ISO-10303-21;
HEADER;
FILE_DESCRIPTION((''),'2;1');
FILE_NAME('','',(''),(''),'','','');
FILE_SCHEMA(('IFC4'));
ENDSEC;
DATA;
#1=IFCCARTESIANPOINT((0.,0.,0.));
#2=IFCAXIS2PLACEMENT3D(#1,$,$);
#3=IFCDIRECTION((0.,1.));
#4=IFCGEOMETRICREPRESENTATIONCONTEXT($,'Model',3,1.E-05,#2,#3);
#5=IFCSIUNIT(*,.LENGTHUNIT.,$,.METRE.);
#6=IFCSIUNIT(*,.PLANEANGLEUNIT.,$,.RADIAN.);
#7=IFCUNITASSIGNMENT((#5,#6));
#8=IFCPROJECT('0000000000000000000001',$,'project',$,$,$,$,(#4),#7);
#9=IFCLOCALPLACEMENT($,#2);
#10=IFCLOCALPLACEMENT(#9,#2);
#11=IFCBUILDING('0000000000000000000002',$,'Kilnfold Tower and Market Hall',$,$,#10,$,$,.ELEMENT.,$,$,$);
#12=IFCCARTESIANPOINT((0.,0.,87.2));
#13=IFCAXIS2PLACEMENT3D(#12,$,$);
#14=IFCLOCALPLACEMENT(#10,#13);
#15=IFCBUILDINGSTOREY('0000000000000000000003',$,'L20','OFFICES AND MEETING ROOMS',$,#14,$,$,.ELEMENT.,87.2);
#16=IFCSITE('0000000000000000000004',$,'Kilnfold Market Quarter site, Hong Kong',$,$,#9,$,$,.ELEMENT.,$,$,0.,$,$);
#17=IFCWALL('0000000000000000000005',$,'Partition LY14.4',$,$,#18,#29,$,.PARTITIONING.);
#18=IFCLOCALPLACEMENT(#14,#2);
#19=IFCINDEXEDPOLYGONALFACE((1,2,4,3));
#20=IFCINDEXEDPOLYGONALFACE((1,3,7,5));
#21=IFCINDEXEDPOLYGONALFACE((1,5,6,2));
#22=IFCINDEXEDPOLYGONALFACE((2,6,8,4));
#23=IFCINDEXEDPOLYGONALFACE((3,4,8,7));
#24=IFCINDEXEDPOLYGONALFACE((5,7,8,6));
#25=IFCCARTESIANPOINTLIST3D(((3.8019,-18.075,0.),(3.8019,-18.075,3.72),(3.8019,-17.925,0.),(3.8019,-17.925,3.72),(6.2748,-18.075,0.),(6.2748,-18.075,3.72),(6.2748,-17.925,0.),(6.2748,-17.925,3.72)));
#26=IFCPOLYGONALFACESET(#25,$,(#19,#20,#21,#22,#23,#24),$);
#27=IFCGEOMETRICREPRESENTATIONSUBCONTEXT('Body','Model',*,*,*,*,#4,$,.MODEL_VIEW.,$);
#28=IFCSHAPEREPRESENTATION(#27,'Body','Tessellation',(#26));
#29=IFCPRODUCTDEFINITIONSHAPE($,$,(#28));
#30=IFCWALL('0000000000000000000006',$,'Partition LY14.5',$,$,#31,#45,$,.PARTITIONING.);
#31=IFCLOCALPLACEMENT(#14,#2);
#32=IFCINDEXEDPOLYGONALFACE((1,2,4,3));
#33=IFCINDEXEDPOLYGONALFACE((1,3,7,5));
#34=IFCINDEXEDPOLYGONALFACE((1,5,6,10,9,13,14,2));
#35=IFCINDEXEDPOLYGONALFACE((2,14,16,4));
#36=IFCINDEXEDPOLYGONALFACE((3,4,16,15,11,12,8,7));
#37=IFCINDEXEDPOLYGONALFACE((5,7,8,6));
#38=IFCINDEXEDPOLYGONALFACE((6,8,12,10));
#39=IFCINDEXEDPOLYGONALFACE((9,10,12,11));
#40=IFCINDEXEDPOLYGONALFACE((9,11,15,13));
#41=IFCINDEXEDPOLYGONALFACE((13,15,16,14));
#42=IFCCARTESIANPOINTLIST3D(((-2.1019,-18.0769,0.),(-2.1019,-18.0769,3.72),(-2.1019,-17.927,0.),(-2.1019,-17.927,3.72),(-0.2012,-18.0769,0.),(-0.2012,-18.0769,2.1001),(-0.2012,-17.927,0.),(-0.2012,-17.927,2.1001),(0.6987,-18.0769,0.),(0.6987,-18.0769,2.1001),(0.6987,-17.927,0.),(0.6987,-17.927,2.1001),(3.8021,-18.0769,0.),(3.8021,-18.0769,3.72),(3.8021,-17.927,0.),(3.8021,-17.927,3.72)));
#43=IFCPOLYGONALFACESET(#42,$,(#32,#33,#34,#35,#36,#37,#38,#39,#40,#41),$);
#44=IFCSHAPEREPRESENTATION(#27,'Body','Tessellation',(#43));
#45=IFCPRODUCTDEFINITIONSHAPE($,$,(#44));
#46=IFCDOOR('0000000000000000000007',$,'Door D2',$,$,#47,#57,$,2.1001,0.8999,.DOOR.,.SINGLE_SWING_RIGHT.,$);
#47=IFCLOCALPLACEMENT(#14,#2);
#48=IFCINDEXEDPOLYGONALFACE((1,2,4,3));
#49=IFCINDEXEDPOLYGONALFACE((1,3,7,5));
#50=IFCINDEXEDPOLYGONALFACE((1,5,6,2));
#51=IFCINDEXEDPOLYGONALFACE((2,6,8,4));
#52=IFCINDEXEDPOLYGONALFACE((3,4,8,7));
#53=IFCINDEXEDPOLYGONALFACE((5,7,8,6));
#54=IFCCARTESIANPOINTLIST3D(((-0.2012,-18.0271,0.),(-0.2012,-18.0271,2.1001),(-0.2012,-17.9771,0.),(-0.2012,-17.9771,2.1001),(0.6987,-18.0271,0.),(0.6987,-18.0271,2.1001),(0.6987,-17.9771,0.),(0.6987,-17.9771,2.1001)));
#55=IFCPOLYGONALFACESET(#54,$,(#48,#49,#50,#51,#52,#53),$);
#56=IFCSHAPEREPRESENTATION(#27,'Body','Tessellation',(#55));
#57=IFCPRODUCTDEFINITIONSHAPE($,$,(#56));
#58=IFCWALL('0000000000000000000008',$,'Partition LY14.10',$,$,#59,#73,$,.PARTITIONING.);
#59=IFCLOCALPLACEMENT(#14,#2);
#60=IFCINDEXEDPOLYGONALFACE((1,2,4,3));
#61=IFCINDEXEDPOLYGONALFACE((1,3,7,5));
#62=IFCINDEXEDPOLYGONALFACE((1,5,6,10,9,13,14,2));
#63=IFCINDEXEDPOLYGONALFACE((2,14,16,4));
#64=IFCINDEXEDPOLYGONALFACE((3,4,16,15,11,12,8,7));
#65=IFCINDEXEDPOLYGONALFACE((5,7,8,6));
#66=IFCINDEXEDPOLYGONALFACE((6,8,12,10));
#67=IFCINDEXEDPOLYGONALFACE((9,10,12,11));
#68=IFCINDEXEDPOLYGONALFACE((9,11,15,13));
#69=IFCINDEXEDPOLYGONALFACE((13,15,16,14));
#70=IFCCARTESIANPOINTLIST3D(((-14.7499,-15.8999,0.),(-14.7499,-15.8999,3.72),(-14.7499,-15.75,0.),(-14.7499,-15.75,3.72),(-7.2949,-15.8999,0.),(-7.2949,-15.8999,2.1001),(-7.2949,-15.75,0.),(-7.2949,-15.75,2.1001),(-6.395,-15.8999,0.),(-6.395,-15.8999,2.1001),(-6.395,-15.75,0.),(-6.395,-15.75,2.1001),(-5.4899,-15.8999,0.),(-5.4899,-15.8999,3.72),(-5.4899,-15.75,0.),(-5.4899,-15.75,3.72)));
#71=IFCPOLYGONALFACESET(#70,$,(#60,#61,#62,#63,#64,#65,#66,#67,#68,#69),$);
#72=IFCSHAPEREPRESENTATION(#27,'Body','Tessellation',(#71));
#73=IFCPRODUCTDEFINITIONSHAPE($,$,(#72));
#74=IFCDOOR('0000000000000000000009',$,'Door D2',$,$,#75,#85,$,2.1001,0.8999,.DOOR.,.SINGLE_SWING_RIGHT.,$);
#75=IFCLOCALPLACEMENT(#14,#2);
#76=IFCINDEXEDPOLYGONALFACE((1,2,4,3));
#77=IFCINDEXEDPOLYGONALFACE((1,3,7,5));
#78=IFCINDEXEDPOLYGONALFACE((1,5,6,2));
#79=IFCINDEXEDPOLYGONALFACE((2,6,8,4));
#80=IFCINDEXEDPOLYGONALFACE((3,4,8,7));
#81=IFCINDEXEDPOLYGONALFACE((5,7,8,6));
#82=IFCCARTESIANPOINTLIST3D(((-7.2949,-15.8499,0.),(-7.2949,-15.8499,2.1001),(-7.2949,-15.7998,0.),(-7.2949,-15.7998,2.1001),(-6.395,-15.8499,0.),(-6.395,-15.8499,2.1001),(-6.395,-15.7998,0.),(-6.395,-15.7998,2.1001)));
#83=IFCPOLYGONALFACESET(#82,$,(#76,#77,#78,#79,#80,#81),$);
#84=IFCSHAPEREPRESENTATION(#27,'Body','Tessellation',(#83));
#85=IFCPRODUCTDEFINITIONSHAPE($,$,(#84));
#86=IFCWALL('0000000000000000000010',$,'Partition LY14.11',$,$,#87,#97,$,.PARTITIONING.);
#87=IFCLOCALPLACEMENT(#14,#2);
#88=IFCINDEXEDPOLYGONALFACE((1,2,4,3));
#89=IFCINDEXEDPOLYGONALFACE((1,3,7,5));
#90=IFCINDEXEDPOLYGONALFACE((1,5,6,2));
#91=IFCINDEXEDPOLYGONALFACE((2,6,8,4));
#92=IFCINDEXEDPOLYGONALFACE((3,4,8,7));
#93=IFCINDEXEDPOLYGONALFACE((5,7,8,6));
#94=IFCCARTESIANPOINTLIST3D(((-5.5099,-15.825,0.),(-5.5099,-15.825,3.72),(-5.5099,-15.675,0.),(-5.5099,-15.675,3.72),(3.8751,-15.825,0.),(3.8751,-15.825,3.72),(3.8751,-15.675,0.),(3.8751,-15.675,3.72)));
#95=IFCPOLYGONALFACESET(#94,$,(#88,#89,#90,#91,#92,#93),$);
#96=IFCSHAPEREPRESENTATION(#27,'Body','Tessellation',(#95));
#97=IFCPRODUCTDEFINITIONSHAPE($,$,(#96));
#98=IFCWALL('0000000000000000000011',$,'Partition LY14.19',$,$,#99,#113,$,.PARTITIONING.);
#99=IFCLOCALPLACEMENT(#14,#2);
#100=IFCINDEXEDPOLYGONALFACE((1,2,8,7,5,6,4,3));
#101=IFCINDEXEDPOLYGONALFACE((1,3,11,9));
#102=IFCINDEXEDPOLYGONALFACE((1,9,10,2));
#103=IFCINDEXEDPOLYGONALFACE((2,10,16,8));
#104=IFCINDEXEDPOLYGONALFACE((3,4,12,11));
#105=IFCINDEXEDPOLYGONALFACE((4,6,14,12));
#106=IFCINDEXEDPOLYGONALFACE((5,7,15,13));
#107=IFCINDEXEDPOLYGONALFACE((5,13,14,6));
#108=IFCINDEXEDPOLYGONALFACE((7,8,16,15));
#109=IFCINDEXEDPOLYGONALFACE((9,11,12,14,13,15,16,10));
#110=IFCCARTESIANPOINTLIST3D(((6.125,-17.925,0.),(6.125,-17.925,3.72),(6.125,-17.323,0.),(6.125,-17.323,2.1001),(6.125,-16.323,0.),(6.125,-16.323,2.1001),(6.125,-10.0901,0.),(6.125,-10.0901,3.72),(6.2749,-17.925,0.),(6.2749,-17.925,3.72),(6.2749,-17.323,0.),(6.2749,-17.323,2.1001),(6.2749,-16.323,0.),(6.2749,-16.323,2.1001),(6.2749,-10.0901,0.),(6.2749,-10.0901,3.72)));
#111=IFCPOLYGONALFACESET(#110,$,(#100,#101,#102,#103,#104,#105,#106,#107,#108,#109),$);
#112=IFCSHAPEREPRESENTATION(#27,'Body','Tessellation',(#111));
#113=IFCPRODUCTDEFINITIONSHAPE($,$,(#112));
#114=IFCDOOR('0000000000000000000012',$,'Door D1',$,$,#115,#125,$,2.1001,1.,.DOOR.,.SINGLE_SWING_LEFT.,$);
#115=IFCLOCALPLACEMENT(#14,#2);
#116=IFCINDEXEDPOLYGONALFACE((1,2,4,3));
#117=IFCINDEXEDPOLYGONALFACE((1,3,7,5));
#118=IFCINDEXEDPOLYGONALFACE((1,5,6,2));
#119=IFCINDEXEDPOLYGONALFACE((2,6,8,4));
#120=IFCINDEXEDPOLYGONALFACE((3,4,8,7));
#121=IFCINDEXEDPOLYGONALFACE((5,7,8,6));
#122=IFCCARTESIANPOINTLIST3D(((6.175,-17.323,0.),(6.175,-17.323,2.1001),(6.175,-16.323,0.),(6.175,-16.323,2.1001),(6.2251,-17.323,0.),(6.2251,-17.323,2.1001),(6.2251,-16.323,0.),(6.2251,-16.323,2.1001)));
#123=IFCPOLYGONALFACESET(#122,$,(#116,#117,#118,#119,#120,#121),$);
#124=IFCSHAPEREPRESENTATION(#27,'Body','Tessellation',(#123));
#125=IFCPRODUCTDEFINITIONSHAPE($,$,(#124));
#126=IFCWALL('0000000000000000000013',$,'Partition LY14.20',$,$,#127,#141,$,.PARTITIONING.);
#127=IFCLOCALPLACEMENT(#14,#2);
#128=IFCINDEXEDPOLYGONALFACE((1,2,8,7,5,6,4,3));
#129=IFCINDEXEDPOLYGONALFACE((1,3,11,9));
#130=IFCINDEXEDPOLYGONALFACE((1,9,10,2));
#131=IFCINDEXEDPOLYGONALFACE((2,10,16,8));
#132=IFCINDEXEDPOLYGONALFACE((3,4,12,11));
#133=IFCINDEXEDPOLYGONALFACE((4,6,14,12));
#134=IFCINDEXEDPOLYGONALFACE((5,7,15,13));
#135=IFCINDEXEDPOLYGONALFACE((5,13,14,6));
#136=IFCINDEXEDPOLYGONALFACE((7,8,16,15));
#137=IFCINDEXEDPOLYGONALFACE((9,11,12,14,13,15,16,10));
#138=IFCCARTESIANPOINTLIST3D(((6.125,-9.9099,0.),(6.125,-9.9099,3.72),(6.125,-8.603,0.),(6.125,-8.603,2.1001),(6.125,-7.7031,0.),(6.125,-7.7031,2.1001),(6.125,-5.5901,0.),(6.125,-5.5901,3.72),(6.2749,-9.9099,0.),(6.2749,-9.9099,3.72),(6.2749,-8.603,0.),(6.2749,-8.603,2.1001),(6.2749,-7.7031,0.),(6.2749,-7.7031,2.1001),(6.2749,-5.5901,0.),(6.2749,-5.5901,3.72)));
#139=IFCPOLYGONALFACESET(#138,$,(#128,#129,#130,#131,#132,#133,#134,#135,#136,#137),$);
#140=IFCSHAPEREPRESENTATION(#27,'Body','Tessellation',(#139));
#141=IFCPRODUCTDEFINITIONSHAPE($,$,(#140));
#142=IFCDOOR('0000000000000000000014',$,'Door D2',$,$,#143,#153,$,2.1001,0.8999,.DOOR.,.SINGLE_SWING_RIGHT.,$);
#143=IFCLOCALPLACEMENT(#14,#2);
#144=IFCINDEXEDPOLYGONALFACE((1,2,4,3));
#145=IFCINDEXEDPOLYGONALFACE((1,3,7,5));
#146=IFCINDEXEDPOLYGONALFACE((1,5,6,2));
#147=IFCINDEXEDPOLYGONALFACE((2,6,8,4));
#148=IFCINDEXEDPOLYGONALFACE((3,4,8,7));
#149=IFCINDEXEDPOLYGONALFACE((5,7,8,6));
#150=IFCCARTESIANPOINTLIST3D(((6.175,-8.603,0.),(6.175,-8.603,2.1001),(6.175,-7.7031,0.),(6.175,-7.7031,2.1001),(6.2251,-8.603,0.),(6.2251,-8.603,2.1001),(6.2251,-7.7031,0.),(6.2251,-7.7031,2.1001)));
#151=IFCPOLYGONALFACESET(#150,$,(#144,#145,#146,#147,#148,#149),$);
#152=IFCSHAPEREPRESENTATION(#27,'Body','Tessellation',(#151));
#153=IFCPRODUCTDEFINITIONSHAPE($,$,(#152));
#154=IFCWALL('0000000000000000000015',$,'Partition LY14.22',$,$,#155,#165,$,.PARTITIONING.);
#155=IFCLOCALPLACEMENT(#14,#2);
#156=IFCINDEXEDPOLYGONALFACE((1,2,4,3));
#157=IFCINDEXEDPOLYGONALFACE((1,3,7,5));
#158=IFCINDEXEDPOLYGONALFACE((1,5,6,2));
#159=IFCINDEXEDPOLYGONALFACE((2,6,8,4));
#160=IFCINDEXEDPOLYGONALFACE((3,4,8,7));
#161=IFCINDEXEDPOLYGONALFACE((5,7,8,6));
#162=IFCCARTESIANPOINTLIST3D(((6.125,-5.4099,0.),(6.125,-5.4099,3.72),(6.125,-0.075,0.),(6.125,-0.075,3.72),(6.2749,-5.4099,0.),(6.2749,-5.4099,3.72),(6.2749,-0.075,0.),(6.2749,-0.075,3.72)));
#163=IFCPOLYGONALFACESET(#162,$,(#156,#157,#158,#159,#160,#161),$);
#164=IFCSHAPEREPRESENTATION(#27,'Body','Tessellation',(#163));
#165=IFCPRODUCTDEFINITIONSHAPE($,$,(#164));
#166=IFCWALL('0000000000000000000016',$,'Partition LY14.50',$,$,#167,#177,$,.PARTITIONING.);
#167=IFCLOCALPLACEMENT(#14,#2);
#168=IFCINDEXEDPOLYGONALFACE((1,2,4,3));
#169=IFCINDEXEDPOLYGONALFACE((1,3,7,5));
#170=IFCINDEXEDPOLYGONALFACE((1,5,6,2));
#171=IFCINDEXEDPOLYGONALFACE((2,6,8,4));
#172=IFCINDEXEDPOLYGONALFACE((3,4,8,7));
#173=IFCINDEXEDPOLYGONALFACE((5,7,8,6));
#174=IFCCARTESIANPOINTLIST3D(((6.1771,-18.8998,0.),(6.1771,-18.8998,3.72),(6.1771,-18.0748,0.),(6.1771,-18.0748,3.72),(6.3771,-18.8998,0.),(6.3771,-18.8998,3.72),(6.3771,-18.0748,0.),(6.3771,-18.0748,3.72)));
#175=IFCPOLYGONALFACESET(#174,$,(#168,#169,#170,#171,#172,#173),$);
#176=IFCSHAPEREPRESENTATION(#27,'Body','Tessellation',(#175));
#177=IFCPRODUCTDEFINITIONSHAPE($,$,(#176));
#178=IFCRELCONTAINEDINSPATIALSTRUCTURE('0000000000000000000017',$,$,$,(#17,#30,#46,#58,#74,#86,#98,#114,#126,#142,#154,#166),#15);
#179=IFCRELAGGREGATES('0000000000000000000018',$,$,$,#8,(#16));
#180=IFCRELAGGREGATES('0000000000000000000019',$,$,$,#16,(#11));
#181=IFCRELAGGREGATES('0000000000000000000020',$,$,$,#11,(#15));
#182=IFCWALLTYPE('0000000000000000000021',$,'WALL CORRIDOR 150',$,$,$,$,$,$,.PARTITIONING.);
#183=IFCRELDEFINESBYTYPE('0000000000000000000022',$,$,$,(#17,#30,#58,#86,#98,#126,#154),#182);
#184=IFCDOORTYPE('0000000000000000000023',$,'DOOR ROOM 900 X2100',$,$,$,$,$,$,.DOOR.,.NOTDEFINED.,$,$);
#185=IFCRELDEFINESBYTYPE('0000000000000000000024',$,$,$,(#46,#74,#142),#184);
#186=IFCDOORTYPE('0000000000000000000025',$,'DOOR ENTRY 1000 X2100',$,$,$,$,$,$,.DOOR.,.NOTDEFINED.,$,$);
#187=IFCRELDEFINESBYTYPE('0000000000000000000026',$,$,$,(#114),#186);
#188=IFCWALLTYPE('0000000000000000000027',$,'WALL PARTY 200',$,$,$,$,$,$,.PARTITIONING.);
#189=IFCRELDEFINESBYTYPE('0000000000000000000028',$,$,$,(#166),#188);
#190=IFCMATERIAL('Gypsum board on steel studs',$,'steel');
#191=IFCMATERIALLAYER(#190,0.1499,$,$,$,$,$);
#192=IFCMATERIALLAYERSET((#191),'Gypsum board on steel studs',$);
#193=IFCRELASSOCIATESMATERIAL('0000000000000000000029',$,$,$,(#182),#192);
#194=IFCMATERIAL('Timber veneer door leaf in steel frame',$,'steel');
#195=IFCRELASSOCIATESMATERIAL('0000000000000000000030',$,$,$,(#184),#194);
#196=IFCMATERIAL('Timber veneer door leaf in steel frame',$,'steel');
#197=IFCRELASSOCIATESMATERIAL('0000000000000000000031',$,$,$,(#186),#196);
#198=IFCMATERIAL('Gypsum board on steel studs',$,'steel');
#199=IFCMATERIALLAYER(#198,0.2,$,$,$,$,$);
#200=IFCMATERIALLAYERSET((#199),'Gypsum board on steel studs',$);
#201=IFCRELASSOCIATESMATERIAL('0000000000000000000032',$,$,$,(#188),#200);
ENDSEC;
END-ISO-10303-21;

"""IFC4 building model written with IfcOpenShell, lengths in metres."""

from ifc_helpers import new_model, si_unit, direction, frame, frame_2d, origin, place, context, subcontext, project, spatial, rectangle, extrude, material, layer, layer_set, type_object, element, fill, save


model = new_model("IFC4")

# Units and contexts
model_context = context("Model", 3, precision=1e-05, world=origin(), true_north=direction((0.0, 1.0)))
body_context = subcontext(model_context, "Body", "Model", "MODEL_VIEW")
ifc_project = project(units=[si_unit("LENGTHUNIT", "METRE"), si_unit("PLANEANGLEUNIT", "RADIAN")], contexts=[model_context])

# Site, building, storey
site_placement = place(None, origin())
site = spatial("IfcSite", under=ifc_project, at=site_placement, Name="Kilnfold Market Quarter site, Hong Kong", CompositionType="ELEMENT", RefElevation=0.0)
building_placement = place(site_placement, origin())
building = spatial("IfcBuilding", under=site, at=building_placement, Name="Kilnfold Tower and Market Hall", CompositionType="ELEMENT")
storey_placement = place(building_placement, frame((0.0, 0.0, 87.2)))
storey = spatial("IfcBuildingStorey", under=building, at=storey_placement, Name="L20", Description="OFFICES AND MEETING ROOMS", CompositionType="ELEMENT", Elevation=87.2)

# Wall
ifc_material_1 = material(Name="Gypsum board on steel studs", Category="steel")
ifc_layer_1 = layer(ifc_material_1, 0.1499)
ifc_layer_set_1 = layer_set([ifc_layer_1], Name="Gypsum board on steel studs")
wall_type_1 = type_object("IfcWallType", Name="WALL CORRIDOR 150", PredefinedType="PARTITIONING", material=ifc_layer_set_1)
wall_1_placement = place(storey_placement, frame((3.802, -18.0, 0.0), z_axis=(0.0, 0.0, 1.0), x_axis=(1.0, 0.0, 0.0)))
element("IfcWall", 1, at=wall_1_placement, inside=storey, type_object=wall_type_1, Name="Partition LY14.4", PredefinedType="PARTITIONING", context=body_context, shape_type="SweptSolid", body=[
    extrude(rectangle(XDim=2.4729, YDim=0.1499, at=frame_2d((1.2363, 0.0))), origin(), (0.0, 0.0, 1.0), 3.72),
])

# Walls, openings, doors
wall_2_placement = place(storey_placement, frame((-2.1021, -18.002, 0.0), z_axis=(0.0, 0.0, 1.0), x_axis=(1.0, 0.0, 0.0)))
wall_2 = element("IfcWall", 2, at=wall_2_placement, inside=storey, type_object=wall_type_1, Name="Partition LY14.5", PredefinedType="PARTITIONING", context=body_context, shape_type="SweptSolid", body=[
    extrude(rectangle(XDim=5.9041, YDim=0.1499, at=frame_2d((2.9521, 0.0))), origin(), (0.0, 0.0, 1.0), 3.72),
])
opening_1_placement = place(wall_2_placement, frame((1.9009, 0.0, 0.0)))
opening_1 = element("IfcOpeningElement", 3, at=opening_1_placement, cuts=wall_2, PredefinedType="OPENING", context=body_context, shape_type="SweptSolid", body=[
    extrude(rectangle(XDim=0.8999, YDim=2.1001, at=frame_2d((0.45, 1.05))), frame((0.0, 0.085, 0.0), z_axis=(0.0, -1.0, 0.0), x_axis=(1.0, 0.0, 0.0)), (0.0, 0.0, 1.0), 0.1699),
])
ifc_material_2 = material(Name="Timber veneer door leaf in steel frame", Category="steel")
door_type_1 = type_object("IfcDoorType", Name="DOOR ROOM 900 X2100", OperationType="NOTDEFINED", PredefinedType="DOOR", material=ifc_material_2)
door_1_placement = place(opening_1_placement, origin())
door_1 = element("IfcDoor", 4, at=door_1_placement, inside=storey, type_object=door_type_1, Name="Door D2", OperationType="SINGLE_SWING_RIGHT", OverallHeight=2.1001, OverallWidth=0.8999, PredefinedType="DOOR", context=body_context, shape_type="SweptSolid", body=[
    extrude(rectangle(XDim=0.8999, YDim=2.1001, at=frame_2d((0.45, 1.05))), frame((0.0, 0.0249, 0.0), z_axis=(0.0, -1.0, 0.0), x_axis=(1.0, 0.0, 0.0)), (0.0, 0.0, 1.0), 0.05),
])
fill(opening_1, door_1)
wall_3_placement = place(storey_placement, frame((-5.49, -15.825, 0.0), z_axis=(0.0, 0.0, 1.0), x_axis=(-1.0, 0.0, 0.0)))
wall_3 = element("IfcWall", 5, at=wall_3_placement, inside=storey, type_object=wall_type_1, Name="Partition LY14.10", PredefinedType="PARTITIONING", context=body_context, shape_type="SweptSolid", body=[
    extrude(rectangle(XDim=9.26, YDim=0.1499, at=frame_2d((4.6299, 0.0))), origin(), (0.0, 0.0, 1.0), 3.72),
])
opening_2_placement = place(wall_3_placement, frame((0.905, 0.0, 0.0)))
opening_2 = element("IfcOpeningElement", 6, at=opening_2_placement, cuts=wall_3, PredefinedType="OPENING", context=body_context, shape_type="SweptSolid", body=[
    extrude(rectangle(XDim=0.8999, YDim=2.1001, at=frame_2d((0.45, 1.05))), frame((0.0, 0.085, 0.0), z_axis=(0.0, -1.0, 0.0), x_axis=(1.0, 0.0, 0.0)), (0.0, 0.0, 1.0), 0.1699),
])
door_2_placement = place(opening_2_placement, origin())
door_2 = element("IfcDoor", 7, at=door_2_placement, inside=storey, type_object=door_type_1, Name="Door D2", OperationType="SINGLE_SWING_RIGHT", OverallHeight=2.1001, OverallWidth=0.8999, PredefinedType="DOOR", context=body_context, shape_type="SweptSolid", body=[
    extrude(rectangle(XDim=0.8999, YDim=2.1001, at=frame_2d((0.45, 1.05))), frame((0.0, 0.0249, 0.0), z_axis=(0.0, -1.0, 0.0), x_axis=(1.0, 0.0, 0.0)), (0.0, 0.0, 1.0), 0.05),
])
fill(opening_2, door_2)

# Wall
wall_4_placement = place(storey_placement, frame((3.875, -15.75, 0.0), z_axis=(0.0, 0.0, 1.0), x_axis=(-1.0, 0.0, 0.0)))
element("IfcWall", 8, at=wall_4_placement, inside=storey, type_object=wall_type_1, Name="Partition LY14.11", PredefinedType="PARTITIONING", context=body_context, shape_type="SweptSolid", body=[
    extrude(rectangle(XDim=9.385, YDim=0.1499, at=frame_2d((4.6924, 0.0))), origin(), (0.0, 0.0, 1.0), 3.72),
])

# Walls, openings, doors
wall_5_placement = place(storey_placement, frame((6.2, -17.925, 0.0), z_axis=(0.0, 0.0, 1.0), x_axis=(0.0, 1.0, 0.0)))
wall_5 = element("IfcWall", 9, at=wall_5_placement, inside=storey, type_object=wall_type_1, Name="Partition LY14.19", PredefinedType="PARTITIONING", context=body_context, shape_type="SweptSolid", body=[
    extrude(rectangle(XDim=7.835, YDim=0.1499, at=frame_2d((3.9175, 0.0))), origin(), (0.0, 0.0, 1.0), 3.72),
])
opening_3_placement = place(wall_5_placement, frame((0.6021, 0.0, 0.0)))
opening_3 = element("IfcOpeningElement", 10, at=opening_3_placement, cuts=wall_5, PredefinedType="OPENING", context=body_context, shape_type="SweptSolid", body=[
    extrude(rectangle(XDim=1.0, YDim=2.1001, at=frame_2d((0.5, 1.05))), frame((0.0, 0.085, 0.0), z_axis=(0.0, -1.0, 0.0), x_axis=(1.0, 0.0, 0.0)), (0.0, 0.0, 1.0), 0.1699),
])
ifc_material_3 = material(Name="Timber veneer door leaf in steel frame", Category="steel")
door_type_2 = type_object("IfcDoorType", Name="DOOR ENTRY 1000 X2100", OperationType="NOTDEFINED", PredefinedType="DOOR", material=ifc_material_3)
door_3_placement = place(opening_3_placement, origin())
door_3 = element("IfcDoor", 11, at=door_3_placement, inside=storey, type_object=door_type_2, Name="Door D1", OperationType="SINGLE_SWING_LEFT", OverallHeight=2.1001, OverallWidth=1.0, PredefinedType="DOOR", context=body_context, shape_type="SweptSolid", body=[
    extrude(rectangle(XDim=1.0, YDim=2.1001, at=frame_2d((0.5, 1.05))), frame((0.0, 0.0249, 0.0), z_axis=(0.0, -1.0, 0.0), x_axis=(1.0, 0.0, 0.0)), (0.0, 0.0, 1.0), 0.05),
])
fill(opening_3, door_3)
wall_6_placement = place(storey_placement, frame((6.2, -9.9099, 0.0), z_axis=(0.0, 0.0, 1.0), x_axis=(0.0, 1.0, 0.0)))
wall_6 = element("IfcWall", 12, at=wall_6_placement, inside=storey, type_object=wall_type_1, Name="Partition LY14.20", PredefinedType="PARTITIONING", context=body_context, shape_type="SweptSolid", body=[
    extrude(rectangle(XDim=4.3198, YDim=0.1499, at=frame_2d((2.1599, 0.0))), origin(), (0.0, 0.0, 1.0), 3.72),
])
opening_4_placement = place(wall_6_placement, frame((1.3069, 0.0, 0.0)))
opening_4 = element("IfcOpeningElement", 13, at=opening_4_placement, cuts=wall_6, PredefinedType="OPENING", context=body_context, shape_type="SweptSolid", body=[
    extrude(rectangle(XDim=0.8999, YDim=2.1001, at=frame_2d((0.45, 1.05))), frame((0.0, 0.085, 0.0), z_axis=(0.0, -1.0, 0.0), x_axis=(1.0, 0.0, 0.0)), (0.0, 0.0, 1.0), 0.1699),
])
door_4_placement = place(opening_4_placement, origin())
door_4 = element("IfcDoor", 14, at=door_4_placement, inside=storey, type_object=door_type_1, Name="Door D2", OperationType="SINGLE_SWING_RIGHT", OverallHeight=2.1001, OverallWidth=0.8999, PredefinedType="DOOR", context=body_context, shape_type="SweptSolid", body=[
    extrude(rectangle(XDim=0.8999, YDim=2.1001, at=frame_2d((0.45, 1.05))), frame((0.0, 0.0249, 0.0), z_axis=(0.0, -1.0, 0.0), x_axis=(1.0, 0.0, 0.0)), (0.0, 0.0, 1.0), 0.05),
])
fill(opening_4, door_4)

# Walls
wall_7_placement = place(storey_placement, frame((6.2, -5.4099, 0.0), z_axis=(0.0, 0.0, 1.0), x_axis=(0.0, 1.0, 0.0)))
element("IfcWall", 15, at=wall_7_placement, inside=storey, type_object=wall_type_1, Name="Partition LY14.22", PredefinedType="PARTITIONING", context=body_context, shape_type="SweptSolid", body=[
    extrude(rectangle(XDim=5.335, YDim=0.1499, at=frame_2d((2.6675, 0.0))), origin(), (0.0, 0.0, 1.0), 3.72),
])
ifc_material_4 = material(Name="Gypsum board on steel studs", Category="steel")
ifc_layer_2 = layer(ifc_material_4, 0.2)
ifc_layer_set_2 = layer_set([ifc_layer_2], Name="Gypsum board on steel studs")
wall_type_2 = type_object("IfcWallType", Name="WALL PARTY 200", PredefinedType="PARTITIONING", material=ifc_layer_set_2)
wall_8_placement = place(storey_placement, frame((6.2771, -18.8999, 0.0), z_axis=(0.0, 0.0, 1.0), x_axis=(0.0, 1.0, 0.0)))
element("IfcWall", 16, at=wall_8_placement, inside=storey, type_object=wall_type_2, Name="Partition LY14.50", PredefinedType="PARTITIONING", context=body_context, shape_type="SweptSolid", body=[
    extrude(rectangle(XDim=0.825, YDim=0.2, at=frame_2d((0.4126, 0.0))), origin(), (0.0, 0.0, 1.0), 3.72),
])

save(model, "model.ifc")
